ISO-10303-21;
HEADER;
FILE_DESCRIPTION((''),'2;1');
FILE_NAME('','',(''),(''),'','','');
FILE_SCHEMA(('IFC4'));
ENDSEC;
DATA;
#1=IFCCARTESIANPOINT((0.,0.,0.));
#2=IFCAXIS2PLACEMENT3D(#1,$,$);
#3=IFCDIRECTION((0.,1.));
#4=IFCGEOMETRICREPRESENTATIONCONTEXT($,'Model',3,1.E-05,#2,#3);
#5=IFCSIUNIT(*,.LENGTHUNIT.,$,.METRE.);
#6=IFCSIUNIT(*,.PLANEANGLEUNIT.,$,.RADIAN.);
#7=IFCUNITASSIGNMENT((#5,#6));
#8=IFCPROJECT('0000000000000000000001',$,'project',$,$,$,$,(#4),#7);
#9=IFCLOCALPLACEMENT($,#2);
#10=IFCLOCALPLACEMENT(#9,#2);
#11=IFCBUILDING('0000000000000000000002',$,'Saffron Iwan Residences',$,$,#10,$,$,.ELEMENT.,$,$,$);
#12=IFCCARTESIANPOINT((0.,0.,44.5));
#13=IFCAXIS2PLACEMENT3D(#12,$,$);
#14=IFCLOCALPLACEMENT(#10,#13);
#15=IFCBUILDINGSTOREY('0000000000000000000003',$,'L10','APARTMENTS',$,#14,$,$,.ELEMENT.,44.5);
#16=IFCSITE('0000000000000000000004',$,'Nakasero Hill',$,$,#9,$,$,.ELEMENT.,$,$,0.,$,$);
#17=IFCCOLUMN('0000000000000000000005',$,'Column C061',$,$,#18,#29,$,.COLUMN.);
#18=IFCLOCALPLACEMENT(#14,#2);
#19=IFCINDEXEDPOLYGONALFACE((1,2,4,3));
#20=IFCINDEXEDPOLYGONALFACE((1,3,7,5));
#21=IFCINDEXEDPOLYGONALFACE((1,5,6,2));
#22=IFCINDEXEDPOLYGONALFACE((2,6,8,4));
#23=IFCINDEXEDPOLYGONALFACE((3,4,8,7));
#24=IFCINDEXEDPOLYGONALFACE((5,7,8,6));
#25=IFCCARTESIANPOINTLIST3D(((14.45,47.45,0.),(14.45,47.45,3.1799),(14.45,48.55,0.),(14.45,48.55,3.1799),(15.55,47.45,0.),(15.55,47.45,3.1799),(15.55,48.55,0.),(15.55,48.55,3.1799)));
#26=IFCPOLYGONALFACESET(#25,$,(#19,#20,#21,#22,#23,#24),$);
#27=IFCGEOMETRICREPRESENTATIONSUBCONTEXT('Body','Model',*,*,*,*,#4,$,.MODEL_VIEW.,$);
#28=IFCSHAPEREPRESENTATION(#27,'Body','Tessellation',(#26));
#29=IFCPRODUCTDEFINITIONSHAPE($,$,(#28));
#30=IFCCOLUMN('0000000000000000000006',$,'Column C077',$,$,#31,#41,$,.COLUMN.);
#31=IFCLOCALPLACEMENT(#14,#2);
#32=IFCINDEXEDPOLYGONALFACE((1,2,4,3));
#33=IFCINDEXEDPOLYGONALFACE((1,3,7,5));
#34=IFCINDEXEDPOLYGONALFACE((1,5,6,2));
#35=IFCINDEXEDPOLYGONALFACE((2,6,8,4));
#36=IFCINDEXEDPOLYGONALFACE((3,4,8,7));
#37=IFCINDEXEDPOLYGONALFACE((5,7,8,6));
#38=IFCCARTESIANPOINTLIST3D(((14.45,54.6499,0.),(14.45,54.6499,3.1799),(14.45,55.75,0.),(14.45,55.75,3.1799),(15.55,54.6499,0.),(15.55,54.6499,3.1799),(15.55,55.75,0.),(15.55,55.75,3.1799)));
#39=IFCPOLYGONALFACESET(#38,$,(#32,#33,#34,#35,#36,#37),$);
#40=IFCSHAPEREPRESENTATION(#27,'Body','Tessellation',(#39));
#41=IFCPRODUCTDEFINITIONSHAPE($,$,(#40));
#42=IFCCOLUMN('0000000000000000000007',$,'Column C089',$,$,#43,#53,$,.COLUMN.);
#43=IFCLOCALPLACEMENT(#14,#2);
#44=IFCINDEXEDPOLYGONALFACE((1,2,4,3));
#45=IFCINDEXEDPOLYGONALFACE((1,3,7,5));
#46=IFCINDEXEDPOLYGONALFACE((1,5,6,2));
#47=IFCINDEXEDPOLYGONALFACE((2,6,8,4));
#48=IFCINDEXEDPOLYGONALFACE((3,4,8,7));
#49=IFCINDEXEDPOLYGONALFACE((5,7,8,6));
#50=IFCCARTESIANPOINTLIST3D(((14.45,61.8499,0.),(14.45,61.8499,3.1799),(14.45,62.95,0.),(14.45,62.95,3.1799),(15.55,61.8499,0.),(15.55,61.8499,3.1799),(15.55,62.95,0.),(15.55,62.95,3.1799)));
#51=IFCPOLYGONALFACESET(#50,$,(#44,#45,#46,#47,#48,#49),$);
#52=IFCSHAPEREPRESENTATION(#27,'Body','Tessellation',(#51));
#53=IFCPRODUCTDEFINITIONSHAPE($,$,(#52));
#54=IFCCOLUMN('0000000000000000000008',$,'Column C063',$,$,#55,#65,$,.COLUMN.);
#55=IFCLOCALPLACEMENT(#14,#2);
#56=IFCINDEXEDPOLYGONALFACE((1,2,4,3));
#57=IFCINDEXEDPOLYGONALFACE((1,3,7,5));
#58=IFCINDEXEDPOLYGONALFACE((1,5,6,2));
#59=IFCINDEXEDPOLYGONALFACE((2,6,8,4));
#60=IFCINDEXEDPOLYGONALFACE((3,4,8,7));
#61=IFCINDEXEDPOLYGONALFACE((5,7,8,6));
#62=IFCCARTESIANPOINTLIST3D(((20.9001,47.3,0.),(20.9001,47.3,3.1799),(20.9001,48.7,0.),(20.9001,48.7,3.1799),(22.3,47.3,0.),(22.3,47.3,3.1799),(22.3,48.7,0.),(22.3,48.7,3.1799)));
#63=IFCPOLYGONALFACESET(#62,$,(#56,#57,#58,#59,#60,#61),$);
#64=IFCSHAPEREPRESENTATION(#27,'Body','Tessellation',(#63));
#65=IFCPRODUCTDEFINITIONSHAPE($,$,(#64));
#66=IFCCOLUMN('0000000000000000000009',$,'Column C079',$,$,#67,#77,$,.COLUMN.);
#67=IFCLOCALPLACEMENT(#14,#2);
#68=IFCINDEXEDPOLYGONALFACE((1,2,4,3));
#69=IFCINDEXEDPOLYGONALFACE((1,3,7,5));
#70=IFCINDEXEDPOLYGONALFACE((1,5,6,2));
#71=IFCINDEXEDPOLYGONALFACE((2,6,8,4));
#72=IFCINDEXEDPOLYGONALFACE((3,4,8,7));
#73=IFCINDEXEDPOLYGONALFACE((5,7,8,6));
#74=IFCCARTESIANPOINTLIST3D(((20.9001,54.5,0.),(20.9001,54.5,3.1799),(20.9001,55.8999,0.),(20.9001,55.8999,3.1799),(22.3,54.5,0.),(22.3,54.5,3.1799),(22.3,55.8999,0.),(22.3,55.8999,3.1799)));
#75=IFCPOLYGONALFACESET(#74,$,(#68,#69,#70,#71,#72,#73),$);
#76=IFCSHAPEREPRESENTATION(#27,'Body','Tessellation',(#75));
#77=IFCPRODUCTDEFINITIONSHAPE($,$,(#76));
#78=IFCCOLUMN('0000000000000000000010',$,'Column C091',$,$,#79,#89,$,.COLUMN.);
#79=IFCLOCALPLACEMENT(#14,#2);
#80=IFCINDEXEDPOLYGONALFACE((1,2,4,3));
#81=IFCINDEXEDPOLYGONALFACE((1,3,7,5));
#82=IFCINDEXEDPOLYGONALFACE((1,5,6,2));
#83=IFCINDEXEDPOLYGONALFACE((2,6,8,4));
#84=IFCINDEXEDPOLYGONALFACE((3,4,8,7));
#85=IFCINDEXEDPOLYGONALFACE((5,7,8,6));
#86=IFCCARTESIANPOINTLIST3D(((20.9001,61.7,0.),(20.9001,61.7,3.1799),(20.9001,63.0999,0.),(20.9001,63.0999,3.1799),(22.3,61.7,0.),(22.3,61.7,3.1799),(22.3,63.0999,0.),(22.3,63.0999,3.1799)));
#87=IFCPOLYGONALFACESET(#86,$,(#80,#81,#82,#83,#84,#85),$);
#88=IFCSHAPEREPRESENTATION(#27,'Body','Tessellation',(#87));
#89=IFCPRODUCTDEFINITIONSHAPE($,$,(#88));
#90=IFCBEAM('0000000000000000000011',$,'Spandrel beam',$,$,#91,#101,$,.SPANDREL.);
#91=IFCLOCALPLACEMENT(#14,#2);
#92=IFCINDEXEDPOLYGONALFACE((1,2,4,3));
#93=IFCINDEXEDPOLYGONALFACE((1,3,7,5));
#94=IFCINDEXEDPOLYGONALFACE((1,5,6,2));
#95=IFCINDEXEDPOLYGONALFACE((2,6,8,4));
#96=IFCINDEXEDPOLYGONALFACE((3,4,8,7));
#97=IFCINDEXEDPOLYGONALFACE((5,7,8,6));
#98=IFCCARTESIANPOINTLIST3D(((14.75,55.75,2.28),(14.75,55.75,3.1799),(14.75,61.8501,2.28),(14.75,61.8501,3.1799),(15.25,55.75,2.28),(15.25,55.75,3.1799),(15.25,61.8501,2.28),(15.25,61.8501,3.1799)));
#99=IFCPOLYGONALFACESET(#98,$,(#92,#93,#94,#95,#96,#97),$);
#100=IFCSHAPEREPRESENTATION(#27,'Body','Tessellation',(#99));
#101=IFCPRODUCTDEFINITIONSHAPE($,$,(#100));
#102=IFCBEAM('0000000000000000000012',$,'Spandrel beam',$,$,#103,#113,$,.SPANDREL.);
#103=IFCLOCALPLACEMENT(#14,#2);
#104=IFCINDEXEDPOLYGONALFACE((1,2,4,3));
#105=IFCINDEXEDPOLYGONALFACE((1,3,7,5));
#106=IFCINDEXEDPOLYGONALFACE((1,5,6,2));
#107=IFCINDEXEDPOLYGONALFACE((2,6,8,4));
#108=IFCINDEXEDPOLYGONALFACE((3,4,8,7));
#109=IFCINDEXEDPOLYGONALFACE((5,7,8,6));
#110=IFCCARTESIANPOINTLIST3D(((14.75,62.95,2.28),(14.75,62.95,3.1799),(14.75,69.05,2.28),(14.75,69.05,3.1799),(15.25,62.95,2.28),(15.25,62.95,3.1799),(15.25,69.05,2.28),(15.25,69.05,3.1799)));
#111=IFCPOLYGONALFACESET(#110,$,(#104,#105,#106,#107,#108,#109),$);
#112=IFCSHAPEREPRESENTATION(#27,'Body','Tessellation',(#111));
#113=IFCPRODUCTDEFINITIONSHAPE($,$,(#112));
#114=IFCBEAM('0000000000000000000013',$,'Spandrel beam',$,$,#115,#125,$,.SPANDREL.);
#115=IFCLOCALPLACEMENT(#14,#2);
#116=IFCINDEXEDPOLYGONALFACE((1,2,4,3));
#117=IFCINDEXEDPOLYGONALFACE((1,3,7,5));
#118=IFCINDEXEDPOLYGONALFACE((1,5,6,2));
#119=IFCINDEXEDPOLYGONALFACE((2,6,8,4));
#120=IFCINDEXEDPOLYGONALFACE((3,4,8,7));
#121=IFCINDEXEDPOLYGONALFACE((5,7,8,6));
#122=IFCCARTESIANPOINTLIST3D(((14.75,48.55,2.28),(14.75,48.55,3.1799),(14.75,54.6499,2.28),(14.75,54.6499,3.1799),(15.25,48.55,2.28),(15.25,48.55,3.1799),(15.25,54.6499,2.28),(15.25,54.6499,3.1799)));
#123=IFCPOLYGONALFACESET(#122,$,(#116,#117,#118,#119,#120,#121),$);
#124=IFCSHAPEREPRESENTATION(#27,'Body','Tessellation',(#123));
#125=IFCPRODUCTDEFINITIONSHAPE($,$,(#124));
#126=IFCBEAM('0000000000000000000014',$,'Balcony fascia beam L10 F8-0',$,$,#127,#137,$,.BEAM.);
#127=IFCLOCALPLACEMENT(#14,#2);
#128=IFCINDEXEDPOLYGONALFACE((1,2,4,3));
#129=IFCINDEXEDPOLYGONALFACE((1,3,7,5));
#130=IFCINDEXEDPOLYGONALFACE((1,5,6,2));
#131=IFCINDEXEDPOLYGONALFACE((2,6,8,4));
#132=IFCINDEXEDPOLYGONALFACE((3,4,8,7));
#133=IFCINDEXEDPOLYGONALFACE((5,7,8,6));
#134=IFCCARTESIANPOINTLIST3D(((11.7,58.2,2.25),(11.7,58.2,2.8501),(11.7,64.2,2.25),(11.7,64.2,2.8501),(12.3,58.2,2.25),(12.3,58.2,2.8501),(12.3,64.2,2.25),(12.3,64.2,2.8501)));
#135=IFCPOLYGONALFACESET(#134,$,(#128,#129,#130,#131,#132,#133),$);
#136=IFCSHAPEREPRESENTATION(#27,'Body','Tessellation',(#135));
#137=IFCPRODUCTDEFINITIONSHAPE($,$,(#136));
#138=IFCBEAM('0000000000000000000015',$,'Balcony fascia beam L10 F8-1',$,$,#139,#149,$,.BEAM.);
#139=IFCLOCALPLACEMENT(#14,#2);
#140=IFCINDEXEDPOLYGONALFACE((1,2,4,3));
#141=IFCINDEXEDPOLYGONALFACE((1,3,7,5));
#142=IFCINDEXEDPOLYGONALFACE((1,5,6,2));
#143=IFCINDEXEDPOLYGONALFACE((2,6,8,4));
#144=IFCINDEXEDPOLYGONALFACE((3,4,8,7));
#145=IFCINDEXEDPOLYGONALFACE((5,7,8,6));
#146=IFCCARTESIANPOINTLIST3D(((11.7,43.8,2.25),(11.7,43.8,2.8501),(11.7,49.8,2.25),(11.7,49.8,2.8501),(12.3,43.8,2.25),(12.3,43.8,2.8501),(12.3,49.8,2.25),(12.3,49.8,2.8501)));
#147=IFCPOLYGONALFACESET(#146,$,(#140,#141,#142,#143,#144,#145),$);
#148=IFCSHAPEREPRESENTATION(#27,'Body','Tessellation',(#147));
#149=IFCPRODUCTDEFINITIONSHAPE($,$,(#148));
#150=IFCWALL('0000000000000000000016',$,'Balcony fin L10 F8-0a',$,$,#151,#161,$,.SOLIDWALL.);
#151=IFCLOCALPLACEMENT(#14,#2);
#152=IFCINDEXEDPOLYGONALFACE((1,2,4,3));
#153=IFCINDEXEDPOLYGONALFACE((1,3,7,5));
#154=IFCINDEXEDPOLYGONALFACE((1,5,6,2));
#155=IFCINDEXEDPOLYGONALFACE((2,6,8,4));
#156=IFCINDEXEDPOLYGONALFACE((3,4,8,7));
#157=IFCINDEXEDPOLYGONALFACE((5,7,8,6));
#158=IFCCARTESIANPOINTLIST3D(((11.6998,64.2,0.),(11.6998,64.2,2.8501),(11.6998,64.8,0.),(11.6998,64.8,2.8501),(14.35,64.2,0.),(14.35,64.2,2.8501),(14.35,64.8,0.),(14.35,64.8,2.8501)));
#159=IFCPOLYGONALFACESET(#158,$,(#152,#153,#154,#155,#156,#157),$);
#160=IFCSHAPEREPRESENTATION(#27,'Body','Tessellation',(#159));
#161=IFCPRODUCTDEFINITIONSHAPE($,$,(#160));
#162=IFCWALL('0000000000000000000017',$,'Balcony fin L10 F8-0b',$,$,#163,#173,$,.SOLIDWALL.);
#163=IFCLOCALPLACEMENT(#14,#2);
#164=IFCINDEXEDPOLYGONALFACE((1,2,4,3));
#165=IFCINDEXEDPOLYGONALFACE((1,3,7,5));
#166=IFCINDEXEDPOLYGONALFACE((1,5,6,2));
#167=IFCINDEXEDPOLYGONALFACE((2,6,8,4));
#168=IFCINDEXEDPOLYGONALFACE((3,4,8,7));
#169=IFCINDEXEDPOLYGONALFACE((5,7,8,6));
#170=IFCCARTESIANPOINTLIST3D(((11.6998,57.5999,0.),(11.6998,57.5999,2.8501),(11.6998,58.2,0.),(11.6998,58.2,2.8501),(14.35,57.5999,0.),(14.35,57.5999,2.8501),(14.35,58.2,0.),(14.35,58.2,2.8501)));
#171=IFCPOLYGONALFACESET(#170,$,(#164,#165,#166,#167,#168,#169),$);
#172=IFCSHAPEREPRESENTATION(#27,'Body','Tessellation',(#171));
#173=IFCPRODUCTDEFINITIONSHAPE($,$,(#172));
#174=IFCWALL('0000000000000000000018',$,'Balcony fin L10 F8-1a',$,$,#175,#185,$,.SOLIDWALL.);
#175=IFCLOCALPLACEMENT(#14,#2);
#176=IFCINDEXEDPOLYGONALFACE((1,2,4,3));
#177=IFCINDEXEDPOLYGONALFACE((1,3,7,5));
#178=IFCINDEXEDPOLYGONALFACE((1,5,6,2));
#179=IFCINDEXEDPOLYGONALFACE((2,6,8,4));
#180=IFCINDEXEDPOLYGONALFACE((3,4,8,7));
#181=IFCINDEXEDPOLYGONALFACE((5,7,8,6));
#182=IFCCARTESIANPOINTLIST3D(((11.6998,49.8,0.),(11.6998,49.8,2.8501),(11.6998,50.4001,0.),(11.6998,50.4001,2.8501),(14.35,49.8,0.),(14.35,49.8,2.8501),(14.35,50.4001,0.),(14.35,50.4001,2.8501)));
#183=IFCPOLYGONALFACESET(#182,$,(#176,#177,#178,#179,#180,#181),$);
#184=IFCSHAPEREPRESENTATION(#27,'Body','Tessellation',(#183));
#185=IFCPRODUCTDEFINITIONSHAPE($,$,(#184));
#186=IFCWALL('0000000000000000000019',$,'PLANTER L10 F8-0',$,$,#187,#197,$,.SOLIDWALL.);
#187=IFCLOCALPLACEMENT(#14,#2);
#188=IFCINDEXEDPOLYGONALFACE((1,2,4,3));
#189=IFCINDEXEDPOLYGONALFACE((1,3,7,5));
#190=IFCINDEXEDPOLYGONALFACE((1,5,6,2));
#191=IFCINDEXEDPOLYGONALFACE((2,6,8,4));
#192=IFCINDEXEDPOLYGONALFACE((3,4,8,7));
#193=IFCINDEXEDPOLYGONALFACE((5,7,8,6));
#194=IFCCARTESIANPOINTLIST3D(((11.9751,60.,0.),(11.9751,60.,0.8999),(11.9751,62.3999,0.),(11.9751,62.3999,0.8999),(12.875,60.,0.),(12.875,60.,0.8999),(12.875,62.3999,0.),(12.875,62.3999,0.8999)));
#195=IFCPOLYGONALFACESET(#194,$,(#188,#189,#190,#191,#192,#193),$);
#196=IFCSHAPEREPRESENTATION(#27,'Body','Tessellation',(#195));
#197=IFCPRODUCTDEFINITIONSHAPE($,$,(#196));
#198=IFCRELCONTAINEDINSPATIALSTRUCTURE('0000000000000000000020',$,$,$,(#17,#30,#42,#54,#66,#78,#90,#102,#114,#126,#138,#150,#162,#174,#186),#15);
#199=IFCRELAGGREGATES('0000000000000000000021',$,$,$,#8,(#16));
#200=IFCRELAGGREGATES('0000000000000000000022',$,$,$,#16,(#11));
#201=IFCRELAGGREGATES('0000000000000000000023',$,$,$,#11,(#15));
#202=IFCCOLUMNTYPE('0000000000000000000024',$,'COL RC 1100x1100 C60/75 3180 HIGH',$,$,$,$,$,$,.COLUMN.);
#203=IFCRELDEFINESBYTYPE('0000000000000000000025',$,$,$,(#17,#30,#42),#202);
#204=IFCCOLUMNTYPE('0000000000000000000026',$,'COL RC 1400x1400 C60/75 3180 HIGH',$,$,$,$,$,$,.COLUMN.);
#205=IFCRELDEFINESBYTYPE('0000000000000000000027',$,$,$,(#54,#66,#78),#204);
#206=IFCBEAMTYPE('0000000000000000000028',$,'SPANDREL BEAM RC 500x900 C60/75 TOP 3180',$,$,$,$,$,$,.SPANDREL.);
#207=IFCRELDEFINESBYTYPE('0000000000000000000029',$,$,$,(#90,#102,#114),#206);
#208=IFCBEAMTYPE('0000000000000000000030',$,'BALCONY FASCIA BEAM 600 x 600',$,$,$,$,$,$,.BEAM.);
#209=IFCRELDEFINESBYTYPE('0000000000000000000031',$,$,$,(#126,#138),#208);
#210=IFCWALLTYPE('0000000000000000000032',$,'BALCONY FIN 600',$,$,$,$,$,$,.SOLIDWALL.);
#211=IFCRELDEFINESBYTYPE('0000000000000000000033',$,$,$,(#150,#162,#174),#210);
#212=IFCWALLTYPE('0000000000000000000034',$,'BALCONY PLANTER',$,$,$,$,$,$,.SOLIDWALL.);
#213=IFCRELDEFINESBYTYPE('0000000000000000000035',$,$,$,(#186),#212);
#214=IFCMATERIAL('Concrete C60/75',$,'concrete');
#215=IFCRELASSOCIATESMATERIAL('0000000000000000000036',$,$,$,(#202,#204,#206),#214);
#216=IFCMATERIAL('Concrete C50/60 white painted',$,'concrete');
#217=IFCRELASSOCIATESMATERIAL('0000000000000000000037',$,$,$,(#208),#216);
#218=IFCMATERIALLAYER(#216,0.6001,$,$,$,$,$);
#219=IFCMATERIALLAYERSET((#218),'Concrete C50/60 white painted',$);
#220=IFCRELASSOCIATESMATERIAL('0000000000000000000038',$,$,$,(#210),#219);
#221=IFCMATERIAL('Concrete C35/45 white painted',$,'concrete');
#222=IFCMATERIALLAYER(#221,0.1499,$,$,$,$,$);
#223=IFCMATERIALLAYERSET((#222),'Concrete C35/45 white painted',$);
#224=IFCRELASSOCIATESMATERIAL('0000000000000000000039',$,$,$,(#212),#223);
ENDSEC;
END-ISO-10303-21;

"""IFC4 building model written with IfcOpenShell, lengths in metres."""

from ifc_helpers import new_model, si_unit, direction, frame, frame_2d, origin, origin_2d, place, context, subcontext, project, spatial, rectangle, extrude, source, transform, mapped, material, layer, layer_set, material_profile, profile_set, type_object, element, save


model = new_model("IFC4")

# Units and contexts
model_context = context("Model", 3, precision=1e-05, world=origin(), true_north=direction((0.0, 1.0)))
body_context = subcontext(model_context, "Body", "Model", "MODEL_VIEW")
ifc_project = project(units=[si_unit("LENGTHUNIT", "METRE"), si_unit("PLANEANGLEUNIT", "RADIAN")], contexts=[model_context])

# Site, building, storey
site_placement = place(None, origin())
site = spatial("IfcSite", under=ifc_project, at=site_placement, Name="Nakasero Hill", CompositionType="ELEMENT", RefElevation=0.0)
building_placement = place(site_placement, origin())
building = spatial("IfcBuilding", under=site, at=building_placement, Name="Saffron Iwan Residences", CompositionType="ELEMENT")
storey_placement = place(building_placement, frame((0.0, 0.0, 44.5)))
storey = spatial("IfcBuildingStorey", under=building, at=storey_placement, Name="L10", Description="APARTMENTS", CompositionType="ELEMENT", Elevation=44.5)

# Columns
ifc_material_1 = material(Name="Concrete C60/75", Category="concrete")
ifc_material_profile_1 = material_profile(ifc_material_1, rectangle(XDim=1.1001, YDim=1.1001, at=origin_2d()), Name="RC 1100x1100")
ifc_profile_set_1 = profile_set([ifc_material_profile_1], Name="Concrete C60/75")
column_type_1 = type_object("IfcColumnType", Name="COL RC 1100x1100 C60/75 3180 HIGH", PredefinedType="COLUMN", material=ifc_profile_set_1)
shared_shape_1 = source(origin(), body_context, "Body", "SweptSolid", [
    extrude(rectangle(XDim=1.1001, YDim=1.1001, at=origin_2d()), origin(), (0.0, 0.0, 1.0), 3.1799),
])
for number, where, z_axis, x_axis, name in (
    (1, (15.0, 48.0, 0.0), (0.0, 0.0, 1.0), (1.0, 0.0, 0.0), "Column C061"),
    (2, (15.0, 55.2, 0.0), (0.0, 0.0, 1.0), (1.0, 0.0, 0.0), "Column C077"),
    (3, (15.0, 62.3999, 0.0), (0.0, 0.0, 1.0), (1.0, 0.0, 0.0), "Column C089"),
):
    element("IfcColumn", number, at=place(storey_placement, frame(where, z_axis=z_axis, x_axis=x_axis)), inside=storey, type_object=column_type_1, Name=name, PredefinedType="COLUMN", context=body_context, shape_type="MappedRepresentation", body=[
        mapped(shared_shape_1, transform((0.0, 0.0, 0.0))),
    ])
ifc_material_profile_2 = material_profile(ifc_material_1, rectangle(XDim=1.3999, YDim=1.3999, at=origin_2d()), Name="RC 1400x1400")
ifc_profile_set_2 = profile_set([ifc_material_profile_2], Name="Concrete C60/75")
column_type_2 = type_object("IfcColumnType", Name="COL RC 1400x1400 C60/75 3180 HIGH", PredefinedType="COLUMN", material=ifc_profile_set_2)
shared_shape_2 = source(origin(), body_context, "Body", "SweptSolid", [
    extrude(rectangle(XDim=1.3999, YDim=1.3999, at=origin_2d()), origin(), (0.0, 0.0, 1.0), 3.1799),
])
for number, where, z_axis, x_axis, name in (
    (4, (21.6001, 48.0, 0.0), (0.0, 0.0, 1.0), (1.0, 0.0, 0.0), "Column C063"),
    (5, (21.6001, 55.2, 0.0), (0.0, 0.0, 1.0), (1.0, 0.0, 0.0), "Column C079"),
    (6, (21.6001, 62.3999, 0.0), (0.0, 0.0, 1.0), (1.0, 0.0, 0.0), "Column C091"),
):
    element("IfcColumn", number, at=place(storey_placement, frame(where, z_axis=z_axis, x_axis=x_axis)), inside=storey, type_object=column_type_2, Name=name, PredefinedType="COLUMN", context=body_context, shape_type="MappedRepresentation", body=[
        mapped(shared_shape_2, transform((0.0, 0.0, 0.0))),
    ])

# Beams
ifc_material_profile_3 = material_profile(ifc_material_1, rectangle(XDim=0.5, YDim=0.8999, at=origin_2d()), Name="RC 500x900")
ifc_profile_set_3 = profile_set([ifc_material_profile_3], Name="Concrete C60/75")
beam_type_1 = type_object("IfcBeamType", Name="SPANDREL BEAM RC 500x900 C60/75 TOP 3180", PredefinedType="SPANDREL", material=ifc_profile_set_3)
shared_shape_3 = source(origin(), body_context, "Body", "SweptSolid", [
    extrude(rectangle(XDim=0.5, YDim=0.8999, at=origin_2d()), origin(), (0.0, 0.0, 1.0), 6.1001),
])
for number, where, z_axis, x_axis, name in (
    (7, (15.0, 55.75, 2.73), (0.0, 1.0, 0.0), (-1.0, 0.0, 0.0), "Spandrel beam"),
    (8, (15.0, 62.95, 2.73), (0.0, 1.0, 0.0), (-1.0, 0.0, 0.0), "Spandrel beam"),
):
    element("IfcBeam", number, at=place(storey_placement, frame(where, z_axis=z_axis, x_axis=x_axis)), inside=storey, type_object=beam_type_1, Name=name, PredefinedType="SPANDREL", context=body_context, shape_type="MappedRepresentation", body=[
        mapped(shared_shape_3, transform((0.0, 0.0, 0.0))),
    ])
shared_shape_4 = source(origin(), body_context, "Body", "SweptSolid", [
    extrude(rectangle(XDim=0.5, YDim=0.8999, at=origin_2d()), origin(), (0.0, 0.0, 1.0), 6.0999),
])
beam_placement = place(storey_placement, frame((15.0, 48.55, 2.73), z_axis=(0.0, 1.0, 0.0), x_axis=(-1.0, 0.0, 0.0)))
element("IfcBeam", 9, at=beam_placement, inside=storey, type_object=beam_type_1, Name="Spandrel beam", PredefinedType="SPANDREL", context=body_context, shape_type="MappedRepresentation", body=[
    mapped(shared_shape_4, transform((0.0, 0.0, 0.0))),
])
ifc_material_2 = material(Name="Concrete C50/60 white painted", Category="concrete")
ifc_material_profile_4 = material_profile(ifc_material_2, rectangle(XDim=0.6001, YDim=0.6001, at=origin_2d()), Name="BALCONY FASCIA BEAM 600 x 600")
ifc_profile_set_4 = profile_set([ifc_material_profile_4], Name="Concrete C50/60 white painted")
beam_type_2 = type_object("IfcBeamType", Name="BALCONY FASCIA BEAM 600 x 600", PredefinedType="BEAM", material=ifc_profile_set_4)
shared_shape_5 = source(origin(), body_context, "Body", "SweptSolid", [
    extrude(rectangle(XDim=0.6001, YDim=0.6001, at=origin_2d()), origin(), (0.0, 0.0, 1.0), 6.0),
])
for number, where, z_axis, x_axis, name in (
    (10, (12.0, 64.2, 2.55), (0.0, -1.0, 0.0), (1.0, 0.0, 0.0), "Balcony fascia beam L10 F8-0"),
    (11, (12.0, 49.8, 2.55), (0.0, -1.0, 0.0), (1.0, 0.0, 0.0), "Balcony fascia beam L10 F8-1"),
):
    element("IfcBeam", number, at=place(storey_placement, frame(where, z_axis=z_axis, x_axis=x_axis)), inside=storey, type_object=beam_type_2, Name=name, PredefinedType="BEAM", context=body_context, shape_type="MappedRepresentation", body=[
        mapped(shared_shape_5, transform((0.0, 0.0, 0.0))),
    ])

# Walls
ifc_layer_1 = layer(ifc_material_2, 0.6001)
ifc_layer_set_1 = layer_set([ifc_layer_1], Name="Concrete C50/60 white painted")
wall_type_1 = type_object("IfcWallType", Name="BALCONY FIN 600", PredefinedType="SOLIDWALL", material=ifc_layer_set_1)
for number, where, z_axis, x_axis, name in (
    (12, (14.3501, 64.5, 0.0), (0.0, 0.0, 1.0), (-1.0, 0.0, 0.0), "Balcony fin L10 F8-0a"),
    (13, (14.3501, 57.8999, 0.0), (0.0, 0.0, 1.0), (-1.0, 0.0, 0.0), "Balcony fin L10 F8-0b"),
    (14, (14.3501, 50.1001, 0.0), (0.0, 0.0, 1.0), (-1.0, 0.0, 0.0), "Balcony fin L10 F8-1a"),
):
    element("IfcWall", number, at=place(storey_placement, frame(where, z_axis=z_axis, x_axis=x_axis)), inside=storey, type_object=wall_type_1, Name=name, PredefinedType="SOLIDWALL", context=body_context, shape_type="SweptSolid", body=[
        extrude(rectangle(XDim=2.6501, YDim=0.6001, at=frame_2d((1.3252, 0.0))), origin(), (0.0, 0.0, 1.0), 2.8501),
    ])
ifc_material_3 = material(Name="Concrete C35/45 white painted", Category="concrete")
ifc_layer_2 = layer(ifc_material_3, 0.1499)
ifc_layer_set_2 = layer_set([ifc_layer_2], Name="Concrete C35/45 white painted")
wall_type_2 = type_object("IfcWallType", Name="BALCONY PLANTER", PredefinedType="SOLIDWALL", material=ifc_layer_set_2)
wall_1_placement = place(storey_placement, frame((12.425, 62.3999, 0.0), z_axis=(0.0, 0.0, 1.0), x_axis=(0.0, -1.0, 0.0)))
element("IfcWall", 15, at=wall_1_placement, inside=storey, type_object=wall_type_2, Name="PLANTER L10 F8-0", PredefinedType="SOLIDWALL", context=body_context, shape_type="SweptSolid", body=[
    extrude(rectangle(XDim=2.3999, YDim=0.8999, at=frame_2d((1.2, 0.0))), origin(), (0.0, 0.0, 1.0), 0.8999),
])

save(model, "model.ifc")
